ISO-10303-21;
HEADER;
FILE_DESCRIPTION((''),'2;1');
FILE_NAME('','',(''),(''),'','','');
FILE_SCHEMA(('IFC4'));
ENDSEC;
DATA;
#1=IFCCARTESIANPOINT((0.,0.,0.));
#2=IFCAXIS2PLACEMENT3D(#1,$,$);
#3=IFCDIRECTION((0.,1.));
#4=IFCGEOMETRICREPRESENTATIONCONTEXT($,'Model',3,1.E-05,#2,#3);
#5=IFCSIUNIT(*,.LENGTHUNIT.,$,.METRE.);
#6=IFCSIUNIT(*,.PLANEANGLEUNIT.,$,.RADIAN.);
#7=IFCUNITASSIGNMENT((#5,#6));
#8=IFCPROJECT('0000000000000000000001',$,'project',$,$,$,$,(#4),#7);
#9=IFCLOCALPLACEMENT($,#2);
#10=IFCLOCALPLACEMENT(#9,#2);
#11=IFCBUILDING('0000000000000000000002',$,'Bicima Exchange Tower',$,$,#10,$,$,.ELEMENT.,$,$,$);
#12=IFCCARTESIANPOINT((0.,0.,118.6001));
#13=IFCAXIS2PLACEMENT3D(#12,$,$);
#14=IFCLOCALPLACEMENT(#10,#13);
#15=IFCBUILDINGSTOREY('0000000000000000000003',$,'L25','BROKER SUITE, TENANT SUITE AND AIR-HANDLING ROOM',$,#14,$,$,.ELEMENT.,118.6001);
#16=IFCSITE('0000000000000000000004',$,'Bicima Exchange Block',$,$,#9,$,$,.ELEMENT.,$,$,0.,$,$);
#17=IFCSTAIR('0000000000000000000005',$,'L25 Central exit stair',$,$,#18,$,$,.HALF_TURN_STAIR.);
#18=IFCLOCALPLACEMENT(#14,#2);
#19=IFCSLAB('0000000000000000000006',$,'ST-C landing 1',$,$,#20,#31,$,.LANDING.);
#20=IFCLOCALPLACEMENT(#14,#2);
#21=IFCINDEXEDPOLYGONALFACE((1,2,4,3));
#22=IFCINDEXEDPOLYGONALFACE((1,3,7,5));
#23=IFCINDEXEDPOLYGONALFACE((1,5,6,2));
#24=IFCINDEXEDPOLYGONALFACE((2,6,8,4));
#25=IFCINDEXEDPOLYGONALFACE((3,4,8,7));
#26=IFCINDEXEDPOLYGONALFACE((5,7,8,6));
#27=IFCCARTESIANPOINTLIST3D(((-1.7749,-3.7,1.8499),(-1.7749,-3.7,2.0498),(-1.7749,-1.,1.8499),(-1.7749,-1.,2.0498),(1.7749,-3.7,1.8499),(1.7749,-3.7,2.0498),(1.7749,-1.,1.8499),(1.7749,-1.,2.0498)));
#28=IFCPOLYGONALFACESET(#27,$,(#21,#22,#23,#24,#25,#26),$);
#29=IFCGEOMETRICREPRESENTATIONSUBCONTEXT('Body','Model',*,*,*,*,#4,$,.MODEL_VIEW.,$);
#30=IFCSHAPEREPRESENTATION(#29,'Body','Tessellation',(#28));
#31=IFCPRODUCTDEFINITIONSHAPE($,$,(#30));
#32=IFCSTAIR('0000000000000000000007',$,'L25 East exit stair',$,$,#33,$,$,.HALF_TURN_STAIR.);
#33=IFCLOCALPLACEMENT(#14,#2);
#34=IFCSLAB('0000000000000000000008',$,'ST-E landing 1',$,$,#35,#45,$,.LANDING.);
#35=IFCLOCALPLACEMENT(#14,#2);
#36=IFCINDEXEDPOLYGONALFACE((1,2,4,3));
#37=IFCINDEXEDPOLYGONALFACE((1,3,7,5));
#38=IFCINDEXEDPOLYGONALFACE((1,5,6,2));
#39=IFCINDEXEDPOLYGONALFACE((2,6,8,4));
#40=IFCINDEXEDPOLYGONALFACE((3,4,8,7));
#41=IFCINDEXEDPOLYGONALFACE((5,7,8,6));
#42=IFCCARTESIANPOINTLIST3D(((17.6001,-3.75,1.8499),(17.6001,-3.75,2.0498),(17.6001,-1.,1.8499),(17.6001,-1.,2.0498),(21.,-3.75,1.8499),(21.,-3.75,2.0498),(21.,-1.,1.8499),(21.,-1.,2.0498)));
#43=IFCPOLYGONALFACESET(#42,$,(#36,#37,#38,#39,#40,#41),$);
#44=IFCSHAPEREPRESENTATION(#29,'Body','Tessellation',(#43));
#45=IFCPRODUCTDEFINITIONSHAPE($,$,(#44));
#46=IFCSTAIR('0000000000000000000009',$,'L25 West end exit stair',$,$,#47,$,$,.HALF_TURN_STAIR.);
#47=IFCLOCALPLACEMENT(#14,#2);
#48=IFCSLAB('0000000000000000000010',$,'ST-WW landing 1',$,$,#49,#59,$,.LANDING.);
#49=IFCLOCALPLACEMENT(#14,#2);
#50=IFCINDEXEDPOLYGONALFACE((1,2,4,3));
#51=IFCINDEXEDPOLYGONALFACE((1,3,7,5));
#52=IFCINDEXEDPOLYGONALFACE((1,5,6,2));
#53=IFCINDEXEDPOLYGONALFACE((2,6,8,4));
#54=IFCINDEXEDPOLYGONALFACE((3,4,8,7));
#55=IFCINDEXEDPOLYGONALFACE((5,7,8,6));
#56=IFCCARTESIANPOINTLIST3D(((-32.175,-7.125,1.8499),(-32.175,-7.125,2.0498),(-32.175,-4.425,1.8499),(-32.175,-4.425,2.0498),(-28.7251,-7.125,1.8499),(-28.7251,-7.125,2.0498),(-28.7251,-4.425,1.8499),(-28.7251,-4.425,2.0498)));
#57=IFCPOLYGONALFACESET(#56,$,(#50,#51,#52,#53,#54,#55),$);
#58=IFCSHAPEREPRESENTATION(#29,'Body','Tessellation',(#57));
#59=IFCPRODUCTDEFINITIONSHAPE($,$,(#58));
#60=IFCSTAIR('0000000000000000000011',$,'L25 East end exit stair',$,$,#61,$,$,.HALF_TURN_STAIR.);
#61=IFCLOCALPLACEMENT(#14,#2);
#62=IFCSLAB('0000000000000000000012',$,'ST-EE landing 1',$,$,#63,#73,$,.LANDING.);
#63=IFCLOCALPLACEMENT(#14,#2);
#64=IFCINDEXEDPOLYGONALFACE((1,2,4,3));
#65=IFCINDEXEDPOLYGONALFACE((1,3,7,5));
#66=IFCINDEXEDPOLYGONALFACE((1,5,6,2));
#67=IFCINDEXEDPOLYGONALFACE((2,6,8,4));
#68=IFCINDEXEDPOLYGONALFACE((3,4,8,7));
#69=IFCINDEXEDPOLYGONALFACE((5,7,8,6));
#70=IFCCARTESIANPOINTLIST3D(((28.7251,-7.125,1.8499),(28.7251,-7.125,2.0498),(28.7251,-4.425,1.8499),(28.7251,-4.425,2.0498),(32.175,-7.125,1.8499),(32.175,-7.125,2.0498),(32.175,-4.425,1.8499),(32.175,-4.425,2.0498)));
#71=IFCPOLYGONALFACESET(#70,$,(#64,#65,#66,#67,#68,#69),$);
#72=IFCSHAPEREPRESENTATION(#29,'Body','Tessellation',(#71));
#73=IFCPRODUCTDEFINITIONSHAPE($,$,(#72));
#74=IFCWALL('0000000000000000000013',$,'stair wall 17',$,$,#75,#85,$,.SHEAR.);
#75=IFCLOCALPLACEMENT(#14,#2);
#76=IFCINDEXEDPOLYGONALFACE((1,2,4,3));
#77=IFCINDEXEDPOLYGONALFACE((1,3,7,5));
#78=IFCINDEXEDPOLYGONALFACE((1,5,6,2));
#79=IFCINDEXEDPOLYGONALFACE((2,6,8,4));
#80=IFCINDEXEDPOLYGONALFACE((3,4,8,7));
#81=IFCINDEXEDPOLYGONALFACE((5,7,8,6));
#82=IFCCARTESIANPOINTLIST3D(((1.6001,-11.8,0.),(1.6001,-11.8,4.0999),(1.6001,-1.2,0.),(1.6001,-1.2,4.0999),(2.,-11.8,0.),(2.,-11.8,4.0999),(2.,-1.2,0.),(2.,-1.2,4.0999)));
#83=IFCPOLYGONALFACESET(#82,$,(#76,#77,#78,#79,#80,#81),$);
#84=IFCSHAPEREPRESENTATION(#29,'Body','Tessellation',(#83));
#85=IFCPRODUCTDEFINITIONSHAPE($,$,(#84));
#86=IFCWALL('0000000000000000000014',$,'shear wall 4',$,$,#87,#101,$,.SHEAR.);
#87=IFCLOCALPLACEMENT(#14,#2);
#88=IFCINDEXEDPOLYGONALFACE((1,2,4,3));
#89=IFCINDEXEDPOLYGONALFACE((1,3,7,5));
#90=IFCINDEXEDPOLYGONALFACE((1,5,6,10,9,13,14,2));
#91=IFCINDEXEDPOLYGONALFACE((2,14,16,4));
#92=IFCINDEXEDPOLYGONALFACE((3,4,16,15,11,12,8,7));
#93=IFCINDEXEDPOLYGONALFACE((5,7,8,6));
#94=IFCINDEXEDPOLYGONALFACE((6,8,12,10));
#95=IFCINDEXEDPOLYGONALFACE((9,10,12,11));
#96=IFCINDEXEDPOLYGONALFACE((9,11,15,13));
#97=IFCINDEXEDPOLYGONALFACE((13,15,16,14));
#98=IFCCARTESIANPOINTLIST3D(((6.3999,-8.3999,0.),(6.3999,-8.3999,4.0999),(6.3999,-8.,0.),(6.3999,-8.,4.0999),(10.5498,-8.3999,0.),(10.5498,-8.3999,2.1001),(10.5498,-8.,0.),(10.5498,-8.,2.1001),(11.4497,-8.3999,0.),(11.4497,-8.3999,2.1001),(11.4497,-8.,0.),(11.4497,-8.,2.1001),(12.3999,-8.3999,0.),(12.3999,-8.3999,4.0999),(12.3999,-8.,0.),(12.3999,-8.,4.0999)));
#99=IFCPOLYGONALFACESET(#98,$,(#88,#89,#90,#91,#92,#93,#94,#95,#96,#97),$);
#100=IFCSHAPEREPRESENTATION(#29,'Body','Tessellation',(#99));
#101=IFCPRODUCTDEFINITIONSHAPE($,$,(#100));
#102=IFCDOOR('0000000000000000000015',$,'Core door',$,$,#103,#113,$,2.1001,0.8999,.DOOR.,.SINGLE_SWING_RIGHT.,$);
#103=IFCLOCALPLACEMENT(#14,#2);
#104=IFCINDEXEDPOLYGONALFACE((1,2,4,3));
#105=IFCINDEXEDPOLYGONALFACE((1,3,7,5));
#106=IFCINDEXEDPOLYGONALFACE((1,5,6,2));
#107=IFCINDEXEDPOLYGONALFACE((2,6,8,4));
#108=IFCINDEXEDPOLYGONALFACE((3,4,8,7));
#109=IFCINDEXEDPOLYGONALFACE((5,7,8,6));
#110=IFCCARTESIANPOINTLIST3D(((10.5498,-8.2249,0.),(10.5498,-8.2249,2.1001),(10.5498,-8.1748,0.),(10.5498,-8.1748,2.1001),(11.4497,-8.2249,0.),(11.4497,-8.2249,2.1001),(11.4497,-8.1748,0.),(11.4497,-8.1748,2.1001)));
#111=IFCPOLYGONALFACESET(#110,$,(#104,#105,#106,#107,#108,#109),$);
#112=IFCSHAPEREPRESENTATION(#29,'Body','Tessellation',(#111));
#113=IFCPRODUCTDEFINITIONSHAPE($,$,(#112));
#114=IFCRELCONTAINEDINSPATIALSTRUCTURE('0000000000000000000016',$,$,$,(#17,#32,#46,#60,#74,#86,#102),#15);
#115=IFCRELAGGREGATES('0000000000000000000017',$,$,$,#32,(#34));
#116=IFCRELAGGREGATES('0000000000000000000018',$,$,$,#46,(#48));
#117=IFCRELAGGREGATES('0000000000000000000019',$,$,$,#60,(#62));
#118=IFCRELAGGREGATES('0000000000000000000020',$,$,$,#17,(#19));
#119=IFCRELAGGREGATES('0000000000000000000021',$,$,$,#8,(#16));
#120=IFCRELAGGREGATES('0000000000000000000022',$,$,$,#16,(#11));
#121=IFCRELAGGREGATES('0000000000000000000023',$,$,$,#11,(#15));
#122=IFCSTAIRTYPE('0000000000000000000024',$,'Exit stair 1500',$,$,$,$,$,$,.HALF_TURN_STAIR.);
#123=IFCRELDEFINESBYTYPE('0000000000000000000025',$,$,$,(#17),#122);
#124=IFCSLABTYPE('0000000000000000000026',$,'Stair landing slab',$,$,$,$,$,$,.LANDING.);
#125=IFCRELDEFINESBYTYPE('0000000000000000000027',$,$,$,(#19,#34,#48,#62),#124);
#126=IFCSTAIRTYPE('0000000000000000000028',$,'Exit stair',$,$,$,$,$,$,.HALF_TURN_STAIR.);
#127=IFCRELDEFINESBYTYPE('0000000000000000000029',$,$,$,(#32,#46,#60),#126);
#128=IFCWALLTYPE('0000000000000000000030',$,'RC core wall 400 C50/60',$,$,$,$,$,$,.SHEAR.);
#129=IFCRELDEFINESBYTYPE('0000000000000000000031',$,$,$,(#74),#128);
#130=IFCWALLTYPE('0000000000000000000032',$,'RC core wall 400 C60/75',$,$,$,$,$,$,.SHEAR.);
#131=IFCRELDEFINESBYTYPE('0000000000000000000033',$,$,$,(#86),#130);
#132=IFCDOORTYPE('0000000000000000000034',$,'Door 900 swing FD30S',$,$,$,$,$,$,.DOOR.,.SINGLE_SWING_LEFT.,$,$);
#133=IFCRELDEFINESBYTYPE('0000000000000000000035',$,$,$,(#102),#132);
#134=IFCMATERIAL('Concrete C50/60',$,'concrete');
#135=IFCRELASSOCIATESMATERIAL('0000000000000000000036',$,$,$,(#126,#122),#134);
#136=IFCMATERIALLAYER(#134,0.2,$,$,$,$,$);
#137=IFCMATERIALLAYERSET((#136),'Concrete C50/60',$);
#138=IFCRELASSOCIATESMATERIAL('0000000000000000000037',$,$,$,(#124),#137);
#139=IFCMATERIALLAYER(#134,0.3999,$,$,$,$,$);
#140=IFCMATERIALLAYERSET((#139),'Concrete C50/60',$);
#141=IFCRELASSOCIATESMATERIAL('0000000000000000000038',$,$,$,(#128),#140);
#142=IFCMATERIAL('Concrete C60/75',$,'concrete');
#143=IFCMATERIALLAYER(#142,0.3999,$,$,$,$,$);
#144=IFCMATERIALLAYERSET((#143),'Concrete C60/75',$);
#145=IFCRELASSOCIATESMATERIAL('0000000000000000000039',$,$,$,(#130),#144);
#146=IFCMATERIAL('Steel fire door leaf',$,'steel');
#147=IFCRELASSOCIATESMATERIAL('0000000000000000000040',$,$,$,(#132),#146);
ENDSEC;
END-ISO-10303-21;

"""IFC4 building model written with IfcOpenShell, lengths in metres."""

from ifc_helpers import new_model, si_unit, direction, frame, frame_2d, origin, place, context, subcontext, project, spatial, polyline, rectangle, outline, extrude, material, layer, layer_set, type_object, element, fill, aggregate, save


model = new_model("IFC4")

# Units and contexts
model_context = context("Model", 3, precision=1e-05, world=origin(), true_north=direction((0.0, 1.0)))
body_context = subcontext(model_context, "Body", "Model", "MODEL_VIEW")
ifc_project = project(units=[si_unit("LENGTHUNIT", "METRE"), si_unit("PLANEANGLEUNIT", "RADIAN")], contexts=[model_context])

# Site, building, storey
site_placement = place(None, origin())
site = spatial("IfcSite", under=ifc_project, at=site_placement, Name="Bicima Exchange Block", CompositionType="ELEMENT", RefElevation=0.0)
building_placement = place(site_placement, origin())
building = spatial("IfcBuilding", under=site, at=building_placement, Name="Bicima Exchange Tower", CompositionType="ELEMENT")
storey_placement = place(building_placement, frame((0.0, 0.0, 118.6001)))
storey = spatial("IfcBuildingStorey", under=building, at=storey_placement, Name="L25", Description="BROKER SUITE, TENANT SUITE AND AIR-HANDLING ROOM", CompositionType="ELEMENT", Elevation=118.6001)

# Stairs, slabs
ifc_material_1 = material(Name="Concrete C50/60", Category="concrete")
stair_type_1 = type_object("IfcStairType", Name="Exit stair", PredefinedType="HALF_TURN_STAIR", material=ifc_material_1)
ifc_layer_1 = layer(ifc_material_1, 0.2)
ifc_layer_set_1 = layer_set([ifc_layer_1], Name="Concrete C50/60")
slab_type_1 = type_object("IfcSlabType", Name="Stair landing slab", PredefinedType="LANDING", material=ifc_layer_set_1)
stair_type_2 = type_object("IfcStairType", Name="Exit stair 1500", PredefinedType="HALF_TURN_STAIR", material=ifc_material_1)
stair_1_placement = place(storey_placement, origin())
stair_1 = element("IfcStair", 1, at=stair_1_placement, inside=storey, type_object=stair_type_2, Name="L25 Central exit stair", PredefinedType="HALF_TURN_STAIR")
slab_1_placement = place(storey_placement, frame((0.0, 0.0, 1.8499)))
slab_1 = element("IfcSlab", 2, at=slab_1_placement, type_object=slab_type_1, Name="ST-C landing 1", PredefinedType="LANDING", context=body_context, shape_type="SweptSolid", body=[
    extrude(outline(polyline([(1.7749, -3.7), (1.7749, -1.0), (-1.7749, -1.0), (-1.7749, -3.7), (1.7749, -3.7)])), origin(), (0.0, 0.0, 1.0), 0.2),
])
stair_2_placement = place(storey_placement, origin())
stair_2 = element("IfcStair", 3, at=stair_2_placement, inside=storey, type_object=stair_type_1, Name="L25 East exit stair", PredefinedType="HALF_TURN_STAIR")
slab_2_placement = place(storey_placement, frame((0.0, 0.0, 1.8499)))
slab_2 = element("IfcSlab", 4, at=slab_2_placement, type_object=slab_type_1, Name="ST-E landing 1", PredefinedType="LANDING", context=body_context, shape_type="SweptSolid", body=[
    extrude(outline(polyline([(21.0, -3.75), (21.0, -1.0), (17.6001, -1.0), (17.6001, -3.75), (21.0, -3.75)])), origin(), (0.0, 0.0, 1.0), 0.2),
])
aggregate(stair_2, [slab_2])
stair_3_placement = place(storey_placement, origin())
stair_3 = element("IfcStair", 5, at=stair_3_placement, inside=storey, type_object=stair_type_1, Name="L25 West end exit stair", PredefinedType="HALF_TURN_STAIR")
slab_3_placement = place(storey_placement, frame((0.0, 0.0, 1.8499)))
slab_3 = element("IfcSlab", 6, at=slab_3_placement, type_object=slab_type_1, Name="ST-WW landing 1", PredefinedType="LANDING", context=body_context, shape_type="SweptSolid", body=[
    extrude(outline(polyline([(-28.7251, -7.125), (-28.7251, -4.425), (-32.175, -4.425), (-32.175, -7.125), (-28.7251, -7.125)])), origin(), (0.0, 0.0, 1.0), 0.2),
])
aggregate(stair_3, [slab_3])
stair_4_placement = place(storey_placement, origin())
stair_4 = element("IfcStair", 7, at=stair_4_placement, inside=storey, type_object=stair_type_1, Name="L25 East end exit stair", PredefinedType="HALF_TURN_STAIR")
slab_4_placement = place(storey_placement, frame((0.0, 0.0, 1.8499)))
slab_4 = element("IfcSlab", 8, at=slab_4_placement, type_object=slab_type_1, Name="ST-EE landing 1", PredefinedType="LANDING", context=body_context, shape_type="SweptSolid", body=[
    extrude(outline(polyline([(32.175, -7.125), (32.175, -4.425), (28.7251, -4.425), (28.7251, -7.125), (32.175, -7.125)])), origin(), (0.0, 0.0, 1.0), 0.2),
])
aggregate(stair_4, [slab_4])

# Wall
ifc_layer_2 = layer(ifc_material_1, 0.3999)
ifc_layer_set_2 = layer_set([ifc_layer_2], Name="Concrete C50/60")
wall_type_1 = type_object("IfcWallType", Name="RC core wall 400 C50/60", PredefinedType="SHEAR", material=ifc_layer_set_2)
wall_1_placement = place(storey_placement, frame((1.8, -11.8, 0.0), z_axis=(0.0, 0.0, 1.0), x_axis=(0.0, 1.0, 0.0)))
element("IfcWall", 9, at=wall_1_placement, inside=storey, type_object=wall_type_1, Name="stair wall 17", PredefinedType="SHEAR", context=body_context, shape_type="SweptSolid", body=[
    extrude(rectangle(XDim=10.6001, YDim=0.3999, at=frame_2d((5.3, 0.0))), origin(), (0.0, 0.0, 1.0), 4.0999),
])

# Wall, opening, door
ifc_material_2 = material(Name="Concrete C60/75", Category="concrete")
ifc_layer_3 = layer(ifc_material_2, 0.3999)
ifc_layer_set_3 = layer_set([ifc_layer_3], Name="Concrete C60/75")
wall_type_2 = type_object("IfcWallType", Name="RC core wall 400 C60/75", PredefinedType="SHEAR", material=ifc_layer_set_3)
wall_2_placement = place(storey_placement, frame((6.3999, -8.2, 0.0), z_axis=(0.0, 0.0, 1.0), x_axis=(1.0, 0.0, 0.0)))
wall_2 = element("IfcWall", 10, at=wall_2_placement, inside=storey, type_object=wall_type_2, Name="shear wall 4", PredefinedType="SHEAR", context=body_context, shape_type="SweptSolid", body=[
    extrude(rectangle(XDim=6.0, YDim=0.3999, at=frame_2d((3.0, 0.0))), origin(), (0.0, 0.0, 1.0), 4.0999),
])
opening_1_placement = place(wall_2_placement, frame((4.1499, 0.0, 0.0)))
opening_1 = element("IfcOpeningElement", 11, at=opening_1_placement, cuts=wall_2, PredefinedType="OPENING", context=body_context, shape_type="SweptSolid", body=[
    extrude(rectangle(XDim=0.8999, YDim=2.1001, at=frame_2d((0.45, 1.05))), frame((0.0, 0.2119, 0.0), z_axis=(0.0, -1.0, 0.0), x_axis=(1.0, 0.0, 0.0)), (0.0, 0.0, 1.0), 0.4238),
])
ifc_material_3 = material(Name="Steel fire door leaf", Category="steel")
door_type_1 = type_object("IfcDoorType", Name="Door 900 swing FD30S", OperationType="SINGLE_SWING_LEFT", PredefinedType="DOOR", material=ifc_material_3)
door_1_placement = place(opening_1_placement, frame((0.8999, 0.0, 0.0), z_axis=(0.0, 0.0, 1.0), x_axis=(-1.0, 0.0, 0.0)))
door_1 = element("IfcDoor", 12, at=door_1_placement, inside=storey, type_object=door_type_1, Name="Core door", OperationType="SINGLE_SWING_RIGHT", OverallHeight=2.1001, OverallWidth=0.8999, PredefinedType="DOOR", context=body_context, shape_type="SweptSolid", body=[
    extrude(rectangle(XDim=0.8999, YDim=2.1001, at=frame_2d((0.45, 1.05))), frame((0.0, 0.0249, 0.0), z_axis=(0.0, -1.0, 0.0), x_axis=(1.0, 0.0, 0.0)), (0.0, 0.0, 1.0), 0.05),
])
fill(opening_1, door_1)

aggregate(stair_1, [slab_1])

save(model, "model.ifc")
